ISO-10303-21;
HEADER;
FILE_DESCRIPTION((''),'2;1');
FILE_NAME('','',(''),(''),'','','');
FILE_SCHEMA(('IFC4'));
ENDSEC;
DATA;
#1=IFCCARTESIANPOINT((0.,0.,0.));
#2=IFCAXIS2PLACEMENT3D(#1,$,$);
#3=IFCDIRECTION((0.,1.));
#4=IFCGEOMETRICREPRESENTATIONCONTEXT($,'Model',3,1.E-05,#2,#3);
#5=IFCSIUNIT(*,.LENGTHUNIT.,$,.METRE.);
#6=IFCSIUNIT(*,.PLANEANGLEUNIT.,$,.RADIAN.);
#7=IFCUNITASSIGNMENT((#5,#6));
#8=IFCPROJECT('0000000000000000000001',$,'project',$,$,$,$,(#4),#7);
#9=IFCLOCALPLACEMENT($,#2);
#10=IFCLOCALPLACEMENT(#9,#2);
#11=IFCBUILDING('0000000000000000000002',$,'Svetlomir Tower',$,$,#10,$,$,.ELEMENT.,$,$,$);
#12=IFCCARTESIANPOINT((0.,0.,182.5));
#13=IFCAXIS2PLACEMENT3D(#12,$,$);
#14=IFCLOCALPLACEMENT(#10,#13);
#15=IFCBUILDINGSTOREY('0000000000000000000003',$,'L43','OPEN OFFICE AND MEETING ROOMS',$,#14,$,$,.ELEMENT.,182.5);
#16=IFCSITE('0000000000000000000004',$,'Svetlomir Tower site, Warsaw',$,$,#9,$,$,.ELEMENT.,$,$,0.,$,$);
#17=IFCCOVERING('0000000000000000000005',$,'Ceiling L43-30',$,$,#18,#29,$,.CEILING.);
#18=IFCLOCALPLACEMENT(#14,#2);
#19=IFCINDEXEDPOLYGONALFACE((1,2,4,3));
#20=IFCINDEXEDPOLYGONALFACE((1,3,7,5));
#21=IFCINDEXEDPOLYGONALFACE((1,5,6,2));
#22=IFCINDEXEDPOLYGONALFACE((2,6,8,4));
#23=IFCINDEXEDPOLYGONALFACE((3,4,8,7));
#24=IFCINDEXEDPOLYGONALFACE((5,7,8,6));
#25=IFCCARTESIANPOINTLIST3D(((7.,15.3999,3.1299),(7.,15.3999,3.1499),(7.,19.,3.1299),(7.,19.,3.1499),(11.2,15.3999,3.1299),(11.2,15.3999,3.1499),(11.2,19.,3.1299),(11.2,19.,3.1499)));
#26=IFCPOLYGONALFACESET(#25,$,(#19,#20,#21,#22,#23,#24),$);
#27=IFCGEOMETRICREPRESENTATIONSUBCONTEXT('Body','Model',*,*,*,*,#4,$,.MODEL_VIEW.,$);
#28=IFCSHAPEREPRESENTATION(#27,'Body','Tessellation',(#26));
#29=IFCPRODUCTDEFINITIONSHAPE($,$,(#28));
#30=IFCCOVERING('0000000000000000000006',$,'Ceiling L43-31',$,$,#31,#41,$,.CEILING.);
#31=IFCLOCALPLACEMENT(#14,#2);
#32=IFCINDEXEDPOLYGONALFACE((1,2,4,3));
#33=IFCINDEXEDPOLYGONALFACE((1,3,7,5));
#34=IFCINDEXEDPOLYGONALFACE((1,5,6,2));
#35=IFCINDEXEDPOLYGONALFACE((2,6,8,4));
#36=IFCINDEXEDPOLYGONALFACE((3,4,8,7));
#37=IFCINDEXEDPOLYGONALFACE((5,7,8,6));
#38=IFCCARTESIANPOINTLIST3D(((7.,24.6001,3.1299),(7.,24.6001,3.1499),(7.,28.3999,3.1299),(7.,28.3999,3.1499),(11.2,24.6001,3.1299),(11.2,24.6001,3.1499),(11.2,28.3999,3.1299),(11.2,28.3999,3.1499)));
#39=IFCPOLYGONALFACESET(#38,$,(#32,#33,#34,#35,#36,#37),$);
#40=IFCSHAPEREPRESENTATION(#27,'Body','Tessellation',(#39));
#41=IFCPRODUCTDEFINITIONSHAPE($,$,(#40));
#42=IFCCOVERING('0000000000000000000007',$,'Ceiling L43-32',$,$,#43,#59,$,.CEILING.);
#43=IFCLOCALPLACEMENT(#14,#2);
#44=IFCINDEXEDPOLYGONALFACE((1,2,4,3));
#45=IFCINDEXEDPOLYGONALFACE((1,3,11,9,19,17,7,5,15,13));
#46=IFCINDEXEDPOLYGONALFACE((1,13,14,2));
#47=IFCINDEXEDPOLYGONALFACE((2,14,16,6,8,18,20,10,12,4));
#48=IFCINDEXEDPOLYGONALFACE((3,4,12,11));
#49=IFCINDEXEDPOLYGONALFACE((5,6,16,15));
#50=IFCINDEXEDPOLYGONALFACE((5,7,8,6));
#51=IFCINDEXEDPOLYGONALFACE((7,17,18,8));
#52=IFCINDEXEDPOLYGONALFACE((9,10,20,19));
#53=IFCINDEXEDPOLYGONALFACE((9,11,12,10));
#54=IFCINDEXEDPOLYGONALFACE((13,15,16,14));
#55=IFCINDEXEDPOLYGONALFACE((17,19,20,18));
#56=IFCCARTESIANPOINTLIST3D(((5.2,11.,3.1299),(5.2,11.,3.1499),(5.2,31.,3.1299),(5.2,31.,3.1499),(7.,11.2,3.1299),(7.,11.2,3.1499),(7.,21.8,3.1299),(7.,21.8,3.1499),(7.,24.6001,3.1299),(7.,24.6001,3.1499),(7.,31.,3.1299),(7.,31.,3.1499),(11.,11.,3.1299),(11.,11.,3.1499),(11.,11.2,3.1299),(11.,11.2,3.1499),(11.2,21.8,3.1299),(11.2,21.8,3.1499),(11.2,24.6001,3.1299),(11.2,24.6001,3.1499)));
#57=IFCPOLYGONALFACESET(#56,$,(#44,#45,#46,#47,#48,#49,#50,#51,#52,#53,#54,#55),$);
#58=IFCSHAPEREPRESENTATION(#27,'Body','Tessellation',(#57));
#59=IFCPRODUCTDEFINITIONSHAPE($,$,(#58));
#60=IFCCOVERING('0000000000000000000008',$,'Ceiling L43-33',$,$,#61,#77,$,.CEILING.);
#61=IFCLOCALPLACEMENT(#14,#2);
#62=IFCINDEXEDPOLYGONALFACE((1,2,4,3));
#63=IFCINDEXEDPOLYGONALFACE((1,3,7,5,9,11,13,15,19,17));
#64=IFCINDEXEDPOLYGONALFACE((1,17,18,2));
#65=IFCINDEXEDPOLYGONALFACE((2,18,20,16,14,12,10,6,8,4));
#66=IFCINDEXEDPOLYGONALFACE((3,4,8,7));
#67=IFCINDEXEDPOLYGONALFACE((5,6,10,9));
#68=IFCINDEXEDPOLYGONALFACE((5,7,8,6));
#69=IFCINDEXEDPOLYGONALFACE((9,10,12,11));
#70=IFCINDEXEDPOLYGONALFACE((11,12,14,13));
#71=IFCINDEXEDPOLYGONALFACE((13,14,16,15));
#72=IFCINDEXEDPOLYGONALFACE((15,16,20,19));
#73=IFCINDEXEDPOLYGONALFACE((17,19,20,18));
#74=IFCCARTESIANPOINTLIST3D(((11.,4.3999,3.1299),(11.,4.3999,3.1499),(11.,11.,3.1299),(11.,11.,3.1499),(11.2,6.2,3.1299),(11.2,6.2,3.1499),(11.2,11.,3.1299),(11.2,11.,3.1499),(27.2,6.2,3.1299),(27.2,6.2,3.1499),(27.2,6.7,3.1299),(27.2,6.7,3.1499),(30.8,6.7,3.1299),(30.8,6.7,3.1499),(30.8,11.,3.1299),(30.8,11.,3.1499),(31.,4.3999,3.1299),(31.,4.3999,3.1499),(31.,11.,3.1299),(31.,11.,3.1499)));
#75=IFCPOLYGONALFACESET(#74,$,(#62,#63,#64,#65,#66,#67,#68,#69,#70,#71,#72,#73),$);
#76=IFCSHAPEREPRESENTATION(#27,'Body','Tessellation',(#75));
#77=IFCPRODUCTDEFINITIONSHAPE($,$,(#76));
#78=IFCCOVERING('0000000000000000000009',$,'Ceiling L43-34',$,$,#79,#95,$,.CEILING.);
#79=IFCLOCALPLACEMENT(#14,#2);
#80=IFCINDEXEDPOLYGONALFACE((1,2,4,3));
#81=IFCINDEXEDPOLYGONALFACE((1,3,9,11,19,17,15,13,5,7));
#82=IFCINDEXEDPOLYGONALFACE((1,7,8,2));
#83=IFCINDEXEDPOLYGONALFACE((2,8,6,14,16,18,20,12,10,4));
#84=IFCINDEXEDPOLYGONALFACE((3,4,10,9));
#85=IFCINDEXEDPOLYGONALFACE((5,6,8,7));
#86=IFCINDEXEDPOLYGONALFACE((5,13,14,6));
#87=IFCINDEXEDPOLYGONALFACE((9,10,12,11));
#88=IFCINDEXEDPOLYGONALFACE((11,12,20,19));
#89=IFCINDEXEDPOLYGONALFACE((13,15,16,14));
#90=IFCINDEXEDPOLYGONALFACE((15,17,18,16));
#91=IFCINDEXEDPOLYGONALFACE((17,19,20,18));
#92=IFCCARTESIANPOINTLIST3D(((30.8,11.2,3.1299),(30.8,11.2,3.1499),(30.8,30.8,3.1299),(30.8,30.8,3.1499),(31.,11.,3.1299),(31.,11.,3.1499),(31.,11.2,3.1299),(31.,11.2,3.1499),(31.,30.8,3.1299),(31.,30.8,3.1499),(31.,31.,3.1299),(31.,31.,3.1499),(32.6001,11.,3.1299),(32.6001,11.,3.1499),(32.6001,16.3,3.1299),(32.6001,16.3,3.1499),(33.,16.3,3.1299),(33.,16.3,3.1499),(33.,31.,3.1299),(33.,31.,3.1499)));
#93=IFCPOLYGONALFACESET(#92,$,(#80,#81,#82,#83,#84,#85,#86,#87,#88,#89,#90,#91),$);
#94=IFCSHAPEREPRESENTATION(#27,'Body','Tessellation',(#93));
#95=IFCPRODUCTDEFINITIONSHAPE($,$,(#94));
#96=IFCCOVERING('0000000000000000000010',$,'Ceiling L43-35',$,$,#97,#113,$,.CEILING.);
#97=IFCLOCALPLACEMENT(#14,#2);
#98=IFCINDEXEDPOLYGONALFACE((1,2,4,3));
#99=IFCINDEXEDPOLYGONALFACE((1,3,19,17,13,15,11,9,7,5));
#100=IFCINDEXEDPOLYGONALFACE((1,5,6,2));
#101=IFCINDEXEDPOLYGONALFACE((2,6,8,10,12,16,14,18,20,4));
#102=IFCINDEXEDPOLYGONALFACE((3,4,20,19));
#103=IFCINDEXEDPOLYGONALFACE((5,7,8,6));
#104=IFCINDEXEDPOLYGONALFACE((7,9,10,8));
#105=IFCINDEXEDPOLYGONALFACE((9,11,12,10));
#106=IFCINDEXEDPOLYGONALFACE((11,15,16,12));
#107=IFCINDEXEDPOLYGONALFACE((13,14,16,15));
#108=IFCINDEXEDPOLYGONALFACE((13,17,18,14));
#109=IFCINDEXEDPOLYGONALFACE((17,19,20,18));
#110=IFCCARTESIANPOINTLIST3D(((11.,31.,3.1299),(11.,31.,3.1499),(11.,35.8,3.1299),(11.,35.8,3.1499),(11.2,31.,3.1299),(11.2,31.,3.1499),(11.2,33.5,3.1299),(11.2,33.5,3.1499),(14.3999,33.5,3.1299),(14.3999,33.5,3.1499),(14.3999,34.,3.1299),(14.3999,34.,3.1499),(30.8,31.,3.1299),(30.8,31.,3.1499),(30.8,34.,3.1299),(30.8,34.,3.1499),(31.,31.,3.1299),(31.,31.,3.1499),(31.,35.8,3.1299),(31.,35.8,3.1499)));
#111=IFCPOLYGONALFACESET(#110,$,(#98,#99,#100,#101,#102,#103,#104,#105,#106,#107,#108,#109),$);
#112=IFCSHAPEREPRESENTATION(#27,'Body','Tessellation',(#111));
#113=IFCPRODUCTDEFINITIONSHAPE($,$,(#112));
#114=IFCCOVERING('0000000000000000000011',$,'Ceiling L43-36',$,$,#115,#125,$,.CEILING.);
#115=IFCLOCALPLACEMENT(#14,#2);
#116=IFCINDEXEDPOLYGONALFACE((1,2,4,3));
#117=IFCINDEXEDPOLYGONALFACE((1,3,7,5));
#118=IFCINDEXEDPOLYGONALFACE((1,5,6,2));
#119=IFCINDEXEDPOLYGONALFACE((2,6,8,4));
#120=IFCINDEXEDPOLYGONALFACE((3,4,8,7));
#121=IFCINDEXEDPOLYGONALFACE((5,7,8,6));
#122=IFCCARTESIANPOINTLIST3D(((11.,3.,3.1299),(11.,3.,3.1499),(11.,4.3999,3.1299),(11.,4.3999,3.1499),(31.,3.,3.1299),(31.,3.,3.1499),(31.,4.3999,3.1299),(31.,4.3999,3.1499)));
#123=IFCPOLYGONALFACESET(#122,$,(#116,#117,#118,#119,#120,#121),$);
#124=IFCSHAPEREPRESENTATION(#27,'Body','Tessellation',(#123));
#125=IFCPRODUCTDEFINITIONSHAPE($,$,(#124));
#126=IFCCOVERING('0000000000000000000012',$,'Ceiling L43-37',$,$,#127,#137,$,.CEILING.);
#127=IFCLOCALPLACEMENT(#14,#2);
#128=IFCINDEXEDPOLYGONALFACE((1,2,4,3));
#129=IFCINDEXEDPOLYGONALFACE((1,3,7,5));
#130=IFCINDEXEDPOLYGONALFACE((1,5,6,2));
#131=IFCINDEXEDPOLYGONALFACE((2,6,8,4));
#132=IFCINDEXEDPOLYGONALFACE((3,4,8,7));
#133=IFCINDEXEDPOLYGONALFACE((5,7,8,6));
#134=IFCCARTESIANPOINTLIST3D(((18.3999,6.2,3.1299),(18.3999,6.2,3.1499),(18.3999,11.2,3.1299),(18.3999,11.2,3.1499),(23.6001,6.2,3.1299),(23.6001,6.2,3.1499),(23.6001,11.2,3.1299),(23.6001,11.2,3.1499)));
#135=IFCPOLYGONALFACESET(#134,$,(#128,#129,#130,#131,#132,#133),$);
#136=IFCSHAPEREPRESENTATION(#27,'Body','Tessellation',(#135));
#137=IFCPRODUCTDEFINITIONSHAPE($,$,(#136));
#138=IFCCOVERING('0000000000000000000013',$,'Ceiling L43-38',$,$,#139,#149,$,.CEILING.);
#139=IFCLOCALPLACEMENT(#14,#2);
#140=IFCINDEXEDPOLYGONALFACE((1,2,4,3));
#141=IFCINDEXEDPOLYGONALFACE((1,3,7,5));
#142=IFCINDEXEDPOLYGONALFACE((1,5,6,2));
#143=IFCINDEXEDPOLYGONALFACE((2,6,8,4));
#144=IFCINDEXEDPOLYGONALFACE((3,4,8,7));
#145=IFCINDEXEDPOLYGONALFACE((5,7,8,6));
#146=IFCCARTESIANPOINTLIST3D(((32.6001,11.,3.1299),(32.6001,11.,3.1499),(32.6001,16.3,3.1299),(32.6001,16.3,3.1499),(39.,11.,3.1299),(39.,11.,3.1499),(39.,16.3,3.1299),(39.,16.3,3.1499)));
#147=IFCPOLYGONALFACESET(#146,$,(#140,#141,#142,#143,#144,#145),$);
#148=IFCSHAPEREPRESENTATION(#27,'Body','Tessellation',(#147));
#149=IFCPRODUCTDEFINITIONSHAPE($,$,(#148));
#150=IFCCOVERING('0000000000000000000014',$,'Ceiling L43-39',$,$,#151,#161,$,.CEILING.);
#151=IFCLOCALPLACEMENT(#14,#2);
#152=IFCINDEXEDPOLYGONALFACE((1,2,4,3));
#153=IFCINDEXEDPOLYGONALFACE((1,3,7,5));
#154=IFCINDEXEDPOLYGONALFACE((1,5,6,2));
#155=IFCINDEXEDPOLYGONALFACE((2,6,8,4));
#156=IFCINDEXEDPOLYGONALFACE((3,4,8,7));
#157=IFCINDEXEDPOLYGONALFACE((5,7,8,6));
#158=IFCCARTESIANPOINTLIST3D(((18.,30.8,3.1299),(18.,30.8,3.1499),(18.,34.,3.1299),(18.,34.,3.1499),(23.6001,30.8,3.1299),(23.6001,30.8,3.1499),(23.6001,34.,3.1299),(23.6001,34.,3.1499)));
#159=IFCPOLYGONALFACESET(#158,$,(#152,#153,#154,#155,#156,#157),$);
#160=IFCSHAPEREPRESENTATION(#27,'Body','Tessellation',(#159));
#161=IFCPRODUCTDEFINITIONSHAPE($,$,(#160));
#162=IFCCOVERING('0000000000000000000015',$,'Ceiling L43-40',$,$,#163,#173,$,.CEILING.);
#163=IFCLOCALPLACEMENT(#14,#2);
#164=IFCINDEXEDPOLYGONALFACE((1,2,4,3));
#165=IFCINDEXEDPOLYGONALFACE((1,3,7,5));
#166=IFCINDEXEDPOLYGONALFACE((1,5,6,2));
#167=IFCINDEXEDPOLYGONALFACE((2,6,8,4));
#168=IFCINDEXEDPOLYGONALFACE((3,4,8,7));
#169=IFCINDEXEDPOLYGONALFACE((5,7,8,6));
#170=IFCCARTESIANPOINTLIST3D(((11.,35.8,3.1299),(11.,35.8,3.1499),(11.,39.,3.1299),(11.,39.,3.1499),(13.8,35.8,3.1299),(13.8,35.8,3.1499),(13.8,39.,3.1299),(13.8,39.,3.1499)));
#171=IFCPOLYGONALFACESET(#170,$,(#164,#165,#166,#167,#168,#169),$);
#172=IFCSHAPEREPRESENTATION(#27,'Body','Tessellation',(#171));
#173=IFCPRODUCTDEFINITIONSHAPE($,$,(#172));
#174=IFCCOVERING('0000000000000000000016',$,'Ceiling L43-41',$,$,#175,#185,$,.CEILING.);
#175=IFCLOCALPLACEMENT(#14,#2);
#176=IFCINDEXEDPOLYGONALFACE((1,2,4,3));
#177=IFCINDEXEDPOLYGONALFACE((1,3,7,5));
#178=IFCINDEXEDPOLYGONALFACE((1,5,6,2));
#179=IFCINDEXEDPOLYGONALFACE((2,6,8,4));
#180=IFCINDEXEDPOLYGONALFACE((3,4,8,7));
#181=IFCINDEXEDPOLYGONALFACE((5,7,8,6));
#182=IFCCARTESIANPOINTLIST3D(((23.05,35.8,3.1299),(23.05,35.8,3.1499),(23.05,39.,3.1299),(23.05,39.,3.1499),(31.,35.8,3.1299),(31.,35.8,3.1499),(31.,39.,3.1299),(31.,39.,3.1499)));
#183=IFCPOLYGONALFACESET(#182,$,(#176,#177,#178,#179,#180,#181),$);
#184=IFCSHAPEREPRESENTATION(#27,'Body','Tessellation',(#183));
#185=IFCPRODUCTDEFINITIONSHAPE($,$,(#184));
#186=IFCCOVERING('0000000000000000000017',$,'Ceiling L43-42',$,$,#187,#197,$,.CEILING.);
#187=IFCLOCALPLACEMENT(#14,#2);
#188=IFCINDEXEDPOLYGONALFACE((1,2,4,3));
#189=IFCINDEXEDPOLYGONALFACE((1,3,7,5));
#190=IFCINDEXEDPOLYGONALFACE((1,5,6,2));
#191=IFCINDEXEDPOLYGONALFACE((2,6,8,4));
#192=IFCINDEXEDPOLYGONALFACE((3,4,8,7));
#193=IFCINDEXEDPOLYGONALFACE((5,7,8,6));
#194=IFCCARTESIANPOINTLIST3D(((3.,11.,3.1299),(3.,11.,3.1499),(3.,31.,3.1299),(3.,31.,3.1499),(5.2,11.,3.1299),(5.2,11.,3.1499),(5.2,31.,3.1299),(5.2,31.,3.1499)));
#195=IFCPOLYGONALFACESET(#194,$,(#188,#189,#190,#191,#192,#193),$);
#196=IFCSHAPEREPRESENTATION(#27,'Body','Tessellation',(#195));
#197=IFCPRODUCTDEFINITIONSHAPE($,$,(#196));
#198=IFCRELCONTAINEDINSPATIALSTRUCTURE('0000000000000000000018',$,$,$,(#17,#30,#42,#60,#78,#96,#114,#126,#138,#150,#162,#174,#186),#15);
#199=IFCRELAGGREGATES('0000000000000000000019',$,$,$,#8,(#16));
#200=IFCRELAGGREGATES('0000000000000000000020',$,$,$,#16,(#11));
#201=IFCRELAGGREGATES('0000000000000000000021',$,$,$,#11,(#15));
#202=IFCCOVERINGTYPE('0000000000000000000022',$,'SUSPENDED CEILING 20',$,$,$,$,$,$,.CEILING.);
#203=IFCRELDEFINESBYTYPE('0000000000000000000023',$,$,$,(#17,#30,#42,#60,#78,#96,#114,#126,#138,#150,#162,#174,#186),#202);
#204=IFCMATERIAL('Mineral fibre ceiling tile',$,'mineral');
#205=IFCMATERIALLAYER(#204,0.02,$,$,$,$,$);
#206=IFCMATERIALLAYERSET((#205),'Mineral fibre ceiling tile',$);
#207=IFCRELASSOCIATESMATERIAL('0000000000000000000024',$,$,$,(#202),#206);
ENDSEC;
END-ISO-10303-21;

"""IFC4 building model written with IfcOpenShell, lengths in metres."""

from ifc_helpers import new_model, si_unit, direction, frame, origin, place, context, subcontext, project, spatial, polyline, outline, extrude, material, layer, layer_set, type_object, element, save


model = new_model("IFC4")

# Units and contexts
model_context = context("Model", 3, precision=1e-05, world=origin(), true_north=direction((0.0, 1.0)))
body_context = subcontext(model_context, "Body", "Model", "MODEL_VIEW")
ifc_project = project(units=[si_unit("LENGTHUNIT", "METRE"), si_unit("PLANEANGLEUNIT", "RADIAN")], contexts=[model_context])

# Site, building, storey
site_placement = place(None, origin())
site = spatial("IfcSite", under=ifc_project, at=site_placement, Name="Svetlomir Tower site, Warsaw", CompositionType="ELEMENT", RefElevation=0.0)
building_placement = place(site_placement, origin())
building = spatial("IfcBuilding", under=site, at=building_placement, Name="Svetlomir Tower", CompositionType="ELEMENT")
storey_placement = place(building_placement, frame((0.0, 0.0, 182.5)))
storey = spatial("IfcBuildingStorey", under=building, at=storey_placement, Name="L43", Description="OPEN OFFICE AND MEETING ROOMS", CompositionType="ELEMENT", Elevation=182.5)

# Coverings
ifc_material_1 = material(Name="Mineral fibre ceiling tile", Category="mineral")
ifc_layer_1 = layer(ifc_material_1, 0.02)
ifc_layer_set_1 = layer_set([ifc_layer_1], Name="Mineral fibre ceiling tile")
covering_type_1 = type_object("IfcCoveringType", Name="SUSPENDED CEILING 20", PredefinedType="CEILING", material=ifc_layer_set_1)
covering_1_placement = place(storey_placement, frame((0.0, 0.0, 3.1299)))
element("IfcCovering", 1, at=covering_1_placement, inside=storey, type_object=covering_type_1, Name="Ceiling L43-30", PredefinedType="CEILING", context=body_context, shape_type="SweptSolid", body=[
    extrude(outline(polyline([(7.0, 15.3999), (11.2, 15.3999), (11.2, 19.0), (7.0, 19.0), (7.0, 15.3999)])), origin(), (0.0, 0.0, 1.0), 0.02),
])
covering_2_placement = place(storey_placement, frame((0.0, 0.0, 3.1299)))
element("IfcCovering", 2, at=covering_2_placement, inside=storey, type_object=covering_type_1, Name="Ceiling L43-31", PredefinedType="CEILING", context=body_context, shape_type="SweptSolid", body=[
    extrude(outline(polyline([(7.0, 24.6001), (11.2, 24.6001), (11.2, 28.3999), (7.0, 28.3999), (7.0, 24.6001)])), origin(), (0.0, 0.0, 1.0), 0.02),
])
covering_3_placement = place(storey_placement, frame((0.0, 0.0, 3.1299)))
element("IfcCovering", 3, at=covering_3_placement, inside=storey, type_object=covering_type_1, Name="Ceiling L43-32", PredefinedType="CEILING", context=body_context, shape_type="SweptSolid", body=[
    extrude(outline(polyline([(5.2, 11.0), (5.2, 31.0), (7.0, 31.0), (7.0, 24.6001), (11.2, 24.6001), (11.2, 21.8), (7.0, 21.8), (7.0, 11.2), (11.0, 11.2), (11.0, 11.0), (5.2, 11.0)])), origin(), (0.0, 0.0, 1.0), 0.02),
])
covering_4_placement = place(storey_placement, frame((0.0, 0.0, 3.1299)))
element("IfcCovering", 4, at=covering_4_placement, inside=storey, type_object=covering_type_1, Name="Ceiling L43-33", PredefinedType="CEILING", context=body_context, shape_type="SweptSolid", body=[
    extrude(outline(polyline([(11.2, 6.2), (27.2, 6.2), (27.2, 6.7), (30.8, 6.7), (30.8, 11.0), (31.0, 11.0), (31.0, 4.3999), (11.0, 4.3999), (11.0, 11.0), (11.2, 11.0), (11.2, 6.2)])), origin(), (0.0, 0.0, 1.0), 0.02),
])
covering_5_placement = place(storey_placement, frame((0.0, 0.0, 3.1299)))
element("IfcCovering", 5, at=covering_5_placement, inside=storey, type_object=covering_type_1, Name="Ceiling L43-34", PredefinedType="CEILING", context=body_context, shape_type="SweptSolid", body=[
    extrude(outline(polyline([(30.8, 11.2), (30.8, 30.8), (31.0, 30.8), (31.0, 31.0), (33.0, 31.0), (33.0, 16.3), (32.6001, 16.3), (32.6001, 11.0), (31.0, 11.0), (31.0, 11.2), (30.8, 11.2)])), origin(), (0.0, 0.0, 1.0), 0.02),
])
covering_6_placement = place(storey_placement, frame((0.0, 0.0, 3.1299)))
element("IfcCovering", 6, at=covering_6_placement, inside=storey, type_object=covering_type_1, Name="Ceiling L43-35", PredefinedType="CEILING", context=body_context, shape_type="SweptSolid", body=[
    extrude(outline(polyline([(30.8, 34.0), (14.3999, 34.0), (14.3999, 33.5), (11.2, 33.5), (11.2, 31.0), (11.0, 31.0), (11.0, 35.8), (31.0, 35.8), (31.0, 31.0), (30.8, 31.0), (30.8, 34.0)])), origin(), (0.0, 0.0, 1.0), 0.02),
])
covering_7_placement = place(storey_placement, frame((0.0, 0.0, 3.1299)))
element("IfcCovering", 7, at=covering_7_placement, inside=storey, type_object=covering_type_1, Name="Ceiling L43-36", PredefinedType="CEILING", context=body_context, shape_type="SweptSolid", body=[
    extrude(outline(polyline([(11.0, 3.0), (11.0, 4.3999), (31.0, 4.3999), (31.0, 3.0), (11.0, 3.0)])), origin(), (0.0, 0.0, 1.0), 0.02),
])
covering_8_placement = place(storey_placement, frame((0.0, 0.0, 3.1299)))
element("IfcCovering", 8, at=covering_8_placement, inside=storey, type_object=covering_type_1, Name="Ceiling L43-37", PredefinedType="CEILING", context=body_context, shape_type="SweptSolid", body=[
    extrude(outline(polyline([(23.6001, 11.2), (23.6001, 6.2), (18.3999, 6.2), (18.3999, 11.2), (23.6001, 11.2)])), origin(), (0.0, 0.0, 1.0), 0.02),
])
covering_9_placement = place(storey_placement, frame((0.0, 0.0, 3.1299)))
element("IfcCovering", 9, at=covering_9_placement, inside=storey, type_object=covering_type_1, Name="Ceiling L43-38", PredefinedType="CEILING", context=body_context, shape_type="SweptSolid", body=[
    extrude(outline(polyline([(32.6001, 16.3), (39.0, 16.3), (39.0, 11.0), (32.6001, 11.0), (32.6001, 16.3)])), origin(), (0.0, 0.0, 1.0), 0.02),
])
covering_10_placement = place(storey_placement, frame((0.0, 0.0, 3.1299)))
element("IfcCovering", 10, at=covering_10_placement, inside=storey, type_object=covering_type_1, Name="Ceiling L43-39", PredefinedType="CEILING", context=body_context, shape_type="SweptSolid", body=[
    extrude(outline(polyline([(18.0, 30.8), (18.0, 34.0), (23.6001, 34.0), (23.6001, 30.8), (18.0, 30.8)])), origin(), (0.0, 0.0, 1.0), 0.02),
])
covering_11_placement = place(storey_placement, frame((0.0, 0.0, 3.1299)))
element("IfcCovering", 11, at=covering_11_placement, inside=storey, type_object=covering_type_1, Name="Ceiling L43-40", PredefinedType="CEILING", context=body_context, shape_type="SweptSolid", body=[
    extrude(outline(polyline([(13.8, 39.0), (13.8, 35.8), (11.0, 35.8), (11.0, 39.0), (13.8, 39.0)])), origin(), (0.0, 0.0, 1.0), 0.02),
])
covering_12_placement = place(storey_placement, frame((0.0, 0.0, 3.1299)))
element("IfcCovering", 12, at=covering_12_placement, inside=storey, type_object=covering_type_1, Name="Ceiling L43-41", PredefinedType="CEILING", context=body_context, shape_type="SweptSolid", body=[
    extrude(outline(polyline([(31.0, 39.0), (31.0, 35.8), (23.05, 35.8), (23.05, 39.0), (31.0, 39.0)])), origin(), (0.0, 0.0, 1.0), 0.02),
])
covering_13_placement = place(storey_placement, frame((0.0, 0.0, 3.1299)))
element("IfcCovering", 13, at=covering_13_placement, inside=storey, type_object=covering_type_1, Name="Ceiling L43-42", PredefinedType="CEILING", context=body_context, shape_type="SweptSolid", body=[
    extrude(outline(polyline([(3.0, 31.0), (5.2, 31.0), (5.2, 11.0), (3.0, 11.0), (3.0, 31.0)])), origin(), (0.0, 0.0, 1.0), 0.02),
])

save(model, "model.ifc")
